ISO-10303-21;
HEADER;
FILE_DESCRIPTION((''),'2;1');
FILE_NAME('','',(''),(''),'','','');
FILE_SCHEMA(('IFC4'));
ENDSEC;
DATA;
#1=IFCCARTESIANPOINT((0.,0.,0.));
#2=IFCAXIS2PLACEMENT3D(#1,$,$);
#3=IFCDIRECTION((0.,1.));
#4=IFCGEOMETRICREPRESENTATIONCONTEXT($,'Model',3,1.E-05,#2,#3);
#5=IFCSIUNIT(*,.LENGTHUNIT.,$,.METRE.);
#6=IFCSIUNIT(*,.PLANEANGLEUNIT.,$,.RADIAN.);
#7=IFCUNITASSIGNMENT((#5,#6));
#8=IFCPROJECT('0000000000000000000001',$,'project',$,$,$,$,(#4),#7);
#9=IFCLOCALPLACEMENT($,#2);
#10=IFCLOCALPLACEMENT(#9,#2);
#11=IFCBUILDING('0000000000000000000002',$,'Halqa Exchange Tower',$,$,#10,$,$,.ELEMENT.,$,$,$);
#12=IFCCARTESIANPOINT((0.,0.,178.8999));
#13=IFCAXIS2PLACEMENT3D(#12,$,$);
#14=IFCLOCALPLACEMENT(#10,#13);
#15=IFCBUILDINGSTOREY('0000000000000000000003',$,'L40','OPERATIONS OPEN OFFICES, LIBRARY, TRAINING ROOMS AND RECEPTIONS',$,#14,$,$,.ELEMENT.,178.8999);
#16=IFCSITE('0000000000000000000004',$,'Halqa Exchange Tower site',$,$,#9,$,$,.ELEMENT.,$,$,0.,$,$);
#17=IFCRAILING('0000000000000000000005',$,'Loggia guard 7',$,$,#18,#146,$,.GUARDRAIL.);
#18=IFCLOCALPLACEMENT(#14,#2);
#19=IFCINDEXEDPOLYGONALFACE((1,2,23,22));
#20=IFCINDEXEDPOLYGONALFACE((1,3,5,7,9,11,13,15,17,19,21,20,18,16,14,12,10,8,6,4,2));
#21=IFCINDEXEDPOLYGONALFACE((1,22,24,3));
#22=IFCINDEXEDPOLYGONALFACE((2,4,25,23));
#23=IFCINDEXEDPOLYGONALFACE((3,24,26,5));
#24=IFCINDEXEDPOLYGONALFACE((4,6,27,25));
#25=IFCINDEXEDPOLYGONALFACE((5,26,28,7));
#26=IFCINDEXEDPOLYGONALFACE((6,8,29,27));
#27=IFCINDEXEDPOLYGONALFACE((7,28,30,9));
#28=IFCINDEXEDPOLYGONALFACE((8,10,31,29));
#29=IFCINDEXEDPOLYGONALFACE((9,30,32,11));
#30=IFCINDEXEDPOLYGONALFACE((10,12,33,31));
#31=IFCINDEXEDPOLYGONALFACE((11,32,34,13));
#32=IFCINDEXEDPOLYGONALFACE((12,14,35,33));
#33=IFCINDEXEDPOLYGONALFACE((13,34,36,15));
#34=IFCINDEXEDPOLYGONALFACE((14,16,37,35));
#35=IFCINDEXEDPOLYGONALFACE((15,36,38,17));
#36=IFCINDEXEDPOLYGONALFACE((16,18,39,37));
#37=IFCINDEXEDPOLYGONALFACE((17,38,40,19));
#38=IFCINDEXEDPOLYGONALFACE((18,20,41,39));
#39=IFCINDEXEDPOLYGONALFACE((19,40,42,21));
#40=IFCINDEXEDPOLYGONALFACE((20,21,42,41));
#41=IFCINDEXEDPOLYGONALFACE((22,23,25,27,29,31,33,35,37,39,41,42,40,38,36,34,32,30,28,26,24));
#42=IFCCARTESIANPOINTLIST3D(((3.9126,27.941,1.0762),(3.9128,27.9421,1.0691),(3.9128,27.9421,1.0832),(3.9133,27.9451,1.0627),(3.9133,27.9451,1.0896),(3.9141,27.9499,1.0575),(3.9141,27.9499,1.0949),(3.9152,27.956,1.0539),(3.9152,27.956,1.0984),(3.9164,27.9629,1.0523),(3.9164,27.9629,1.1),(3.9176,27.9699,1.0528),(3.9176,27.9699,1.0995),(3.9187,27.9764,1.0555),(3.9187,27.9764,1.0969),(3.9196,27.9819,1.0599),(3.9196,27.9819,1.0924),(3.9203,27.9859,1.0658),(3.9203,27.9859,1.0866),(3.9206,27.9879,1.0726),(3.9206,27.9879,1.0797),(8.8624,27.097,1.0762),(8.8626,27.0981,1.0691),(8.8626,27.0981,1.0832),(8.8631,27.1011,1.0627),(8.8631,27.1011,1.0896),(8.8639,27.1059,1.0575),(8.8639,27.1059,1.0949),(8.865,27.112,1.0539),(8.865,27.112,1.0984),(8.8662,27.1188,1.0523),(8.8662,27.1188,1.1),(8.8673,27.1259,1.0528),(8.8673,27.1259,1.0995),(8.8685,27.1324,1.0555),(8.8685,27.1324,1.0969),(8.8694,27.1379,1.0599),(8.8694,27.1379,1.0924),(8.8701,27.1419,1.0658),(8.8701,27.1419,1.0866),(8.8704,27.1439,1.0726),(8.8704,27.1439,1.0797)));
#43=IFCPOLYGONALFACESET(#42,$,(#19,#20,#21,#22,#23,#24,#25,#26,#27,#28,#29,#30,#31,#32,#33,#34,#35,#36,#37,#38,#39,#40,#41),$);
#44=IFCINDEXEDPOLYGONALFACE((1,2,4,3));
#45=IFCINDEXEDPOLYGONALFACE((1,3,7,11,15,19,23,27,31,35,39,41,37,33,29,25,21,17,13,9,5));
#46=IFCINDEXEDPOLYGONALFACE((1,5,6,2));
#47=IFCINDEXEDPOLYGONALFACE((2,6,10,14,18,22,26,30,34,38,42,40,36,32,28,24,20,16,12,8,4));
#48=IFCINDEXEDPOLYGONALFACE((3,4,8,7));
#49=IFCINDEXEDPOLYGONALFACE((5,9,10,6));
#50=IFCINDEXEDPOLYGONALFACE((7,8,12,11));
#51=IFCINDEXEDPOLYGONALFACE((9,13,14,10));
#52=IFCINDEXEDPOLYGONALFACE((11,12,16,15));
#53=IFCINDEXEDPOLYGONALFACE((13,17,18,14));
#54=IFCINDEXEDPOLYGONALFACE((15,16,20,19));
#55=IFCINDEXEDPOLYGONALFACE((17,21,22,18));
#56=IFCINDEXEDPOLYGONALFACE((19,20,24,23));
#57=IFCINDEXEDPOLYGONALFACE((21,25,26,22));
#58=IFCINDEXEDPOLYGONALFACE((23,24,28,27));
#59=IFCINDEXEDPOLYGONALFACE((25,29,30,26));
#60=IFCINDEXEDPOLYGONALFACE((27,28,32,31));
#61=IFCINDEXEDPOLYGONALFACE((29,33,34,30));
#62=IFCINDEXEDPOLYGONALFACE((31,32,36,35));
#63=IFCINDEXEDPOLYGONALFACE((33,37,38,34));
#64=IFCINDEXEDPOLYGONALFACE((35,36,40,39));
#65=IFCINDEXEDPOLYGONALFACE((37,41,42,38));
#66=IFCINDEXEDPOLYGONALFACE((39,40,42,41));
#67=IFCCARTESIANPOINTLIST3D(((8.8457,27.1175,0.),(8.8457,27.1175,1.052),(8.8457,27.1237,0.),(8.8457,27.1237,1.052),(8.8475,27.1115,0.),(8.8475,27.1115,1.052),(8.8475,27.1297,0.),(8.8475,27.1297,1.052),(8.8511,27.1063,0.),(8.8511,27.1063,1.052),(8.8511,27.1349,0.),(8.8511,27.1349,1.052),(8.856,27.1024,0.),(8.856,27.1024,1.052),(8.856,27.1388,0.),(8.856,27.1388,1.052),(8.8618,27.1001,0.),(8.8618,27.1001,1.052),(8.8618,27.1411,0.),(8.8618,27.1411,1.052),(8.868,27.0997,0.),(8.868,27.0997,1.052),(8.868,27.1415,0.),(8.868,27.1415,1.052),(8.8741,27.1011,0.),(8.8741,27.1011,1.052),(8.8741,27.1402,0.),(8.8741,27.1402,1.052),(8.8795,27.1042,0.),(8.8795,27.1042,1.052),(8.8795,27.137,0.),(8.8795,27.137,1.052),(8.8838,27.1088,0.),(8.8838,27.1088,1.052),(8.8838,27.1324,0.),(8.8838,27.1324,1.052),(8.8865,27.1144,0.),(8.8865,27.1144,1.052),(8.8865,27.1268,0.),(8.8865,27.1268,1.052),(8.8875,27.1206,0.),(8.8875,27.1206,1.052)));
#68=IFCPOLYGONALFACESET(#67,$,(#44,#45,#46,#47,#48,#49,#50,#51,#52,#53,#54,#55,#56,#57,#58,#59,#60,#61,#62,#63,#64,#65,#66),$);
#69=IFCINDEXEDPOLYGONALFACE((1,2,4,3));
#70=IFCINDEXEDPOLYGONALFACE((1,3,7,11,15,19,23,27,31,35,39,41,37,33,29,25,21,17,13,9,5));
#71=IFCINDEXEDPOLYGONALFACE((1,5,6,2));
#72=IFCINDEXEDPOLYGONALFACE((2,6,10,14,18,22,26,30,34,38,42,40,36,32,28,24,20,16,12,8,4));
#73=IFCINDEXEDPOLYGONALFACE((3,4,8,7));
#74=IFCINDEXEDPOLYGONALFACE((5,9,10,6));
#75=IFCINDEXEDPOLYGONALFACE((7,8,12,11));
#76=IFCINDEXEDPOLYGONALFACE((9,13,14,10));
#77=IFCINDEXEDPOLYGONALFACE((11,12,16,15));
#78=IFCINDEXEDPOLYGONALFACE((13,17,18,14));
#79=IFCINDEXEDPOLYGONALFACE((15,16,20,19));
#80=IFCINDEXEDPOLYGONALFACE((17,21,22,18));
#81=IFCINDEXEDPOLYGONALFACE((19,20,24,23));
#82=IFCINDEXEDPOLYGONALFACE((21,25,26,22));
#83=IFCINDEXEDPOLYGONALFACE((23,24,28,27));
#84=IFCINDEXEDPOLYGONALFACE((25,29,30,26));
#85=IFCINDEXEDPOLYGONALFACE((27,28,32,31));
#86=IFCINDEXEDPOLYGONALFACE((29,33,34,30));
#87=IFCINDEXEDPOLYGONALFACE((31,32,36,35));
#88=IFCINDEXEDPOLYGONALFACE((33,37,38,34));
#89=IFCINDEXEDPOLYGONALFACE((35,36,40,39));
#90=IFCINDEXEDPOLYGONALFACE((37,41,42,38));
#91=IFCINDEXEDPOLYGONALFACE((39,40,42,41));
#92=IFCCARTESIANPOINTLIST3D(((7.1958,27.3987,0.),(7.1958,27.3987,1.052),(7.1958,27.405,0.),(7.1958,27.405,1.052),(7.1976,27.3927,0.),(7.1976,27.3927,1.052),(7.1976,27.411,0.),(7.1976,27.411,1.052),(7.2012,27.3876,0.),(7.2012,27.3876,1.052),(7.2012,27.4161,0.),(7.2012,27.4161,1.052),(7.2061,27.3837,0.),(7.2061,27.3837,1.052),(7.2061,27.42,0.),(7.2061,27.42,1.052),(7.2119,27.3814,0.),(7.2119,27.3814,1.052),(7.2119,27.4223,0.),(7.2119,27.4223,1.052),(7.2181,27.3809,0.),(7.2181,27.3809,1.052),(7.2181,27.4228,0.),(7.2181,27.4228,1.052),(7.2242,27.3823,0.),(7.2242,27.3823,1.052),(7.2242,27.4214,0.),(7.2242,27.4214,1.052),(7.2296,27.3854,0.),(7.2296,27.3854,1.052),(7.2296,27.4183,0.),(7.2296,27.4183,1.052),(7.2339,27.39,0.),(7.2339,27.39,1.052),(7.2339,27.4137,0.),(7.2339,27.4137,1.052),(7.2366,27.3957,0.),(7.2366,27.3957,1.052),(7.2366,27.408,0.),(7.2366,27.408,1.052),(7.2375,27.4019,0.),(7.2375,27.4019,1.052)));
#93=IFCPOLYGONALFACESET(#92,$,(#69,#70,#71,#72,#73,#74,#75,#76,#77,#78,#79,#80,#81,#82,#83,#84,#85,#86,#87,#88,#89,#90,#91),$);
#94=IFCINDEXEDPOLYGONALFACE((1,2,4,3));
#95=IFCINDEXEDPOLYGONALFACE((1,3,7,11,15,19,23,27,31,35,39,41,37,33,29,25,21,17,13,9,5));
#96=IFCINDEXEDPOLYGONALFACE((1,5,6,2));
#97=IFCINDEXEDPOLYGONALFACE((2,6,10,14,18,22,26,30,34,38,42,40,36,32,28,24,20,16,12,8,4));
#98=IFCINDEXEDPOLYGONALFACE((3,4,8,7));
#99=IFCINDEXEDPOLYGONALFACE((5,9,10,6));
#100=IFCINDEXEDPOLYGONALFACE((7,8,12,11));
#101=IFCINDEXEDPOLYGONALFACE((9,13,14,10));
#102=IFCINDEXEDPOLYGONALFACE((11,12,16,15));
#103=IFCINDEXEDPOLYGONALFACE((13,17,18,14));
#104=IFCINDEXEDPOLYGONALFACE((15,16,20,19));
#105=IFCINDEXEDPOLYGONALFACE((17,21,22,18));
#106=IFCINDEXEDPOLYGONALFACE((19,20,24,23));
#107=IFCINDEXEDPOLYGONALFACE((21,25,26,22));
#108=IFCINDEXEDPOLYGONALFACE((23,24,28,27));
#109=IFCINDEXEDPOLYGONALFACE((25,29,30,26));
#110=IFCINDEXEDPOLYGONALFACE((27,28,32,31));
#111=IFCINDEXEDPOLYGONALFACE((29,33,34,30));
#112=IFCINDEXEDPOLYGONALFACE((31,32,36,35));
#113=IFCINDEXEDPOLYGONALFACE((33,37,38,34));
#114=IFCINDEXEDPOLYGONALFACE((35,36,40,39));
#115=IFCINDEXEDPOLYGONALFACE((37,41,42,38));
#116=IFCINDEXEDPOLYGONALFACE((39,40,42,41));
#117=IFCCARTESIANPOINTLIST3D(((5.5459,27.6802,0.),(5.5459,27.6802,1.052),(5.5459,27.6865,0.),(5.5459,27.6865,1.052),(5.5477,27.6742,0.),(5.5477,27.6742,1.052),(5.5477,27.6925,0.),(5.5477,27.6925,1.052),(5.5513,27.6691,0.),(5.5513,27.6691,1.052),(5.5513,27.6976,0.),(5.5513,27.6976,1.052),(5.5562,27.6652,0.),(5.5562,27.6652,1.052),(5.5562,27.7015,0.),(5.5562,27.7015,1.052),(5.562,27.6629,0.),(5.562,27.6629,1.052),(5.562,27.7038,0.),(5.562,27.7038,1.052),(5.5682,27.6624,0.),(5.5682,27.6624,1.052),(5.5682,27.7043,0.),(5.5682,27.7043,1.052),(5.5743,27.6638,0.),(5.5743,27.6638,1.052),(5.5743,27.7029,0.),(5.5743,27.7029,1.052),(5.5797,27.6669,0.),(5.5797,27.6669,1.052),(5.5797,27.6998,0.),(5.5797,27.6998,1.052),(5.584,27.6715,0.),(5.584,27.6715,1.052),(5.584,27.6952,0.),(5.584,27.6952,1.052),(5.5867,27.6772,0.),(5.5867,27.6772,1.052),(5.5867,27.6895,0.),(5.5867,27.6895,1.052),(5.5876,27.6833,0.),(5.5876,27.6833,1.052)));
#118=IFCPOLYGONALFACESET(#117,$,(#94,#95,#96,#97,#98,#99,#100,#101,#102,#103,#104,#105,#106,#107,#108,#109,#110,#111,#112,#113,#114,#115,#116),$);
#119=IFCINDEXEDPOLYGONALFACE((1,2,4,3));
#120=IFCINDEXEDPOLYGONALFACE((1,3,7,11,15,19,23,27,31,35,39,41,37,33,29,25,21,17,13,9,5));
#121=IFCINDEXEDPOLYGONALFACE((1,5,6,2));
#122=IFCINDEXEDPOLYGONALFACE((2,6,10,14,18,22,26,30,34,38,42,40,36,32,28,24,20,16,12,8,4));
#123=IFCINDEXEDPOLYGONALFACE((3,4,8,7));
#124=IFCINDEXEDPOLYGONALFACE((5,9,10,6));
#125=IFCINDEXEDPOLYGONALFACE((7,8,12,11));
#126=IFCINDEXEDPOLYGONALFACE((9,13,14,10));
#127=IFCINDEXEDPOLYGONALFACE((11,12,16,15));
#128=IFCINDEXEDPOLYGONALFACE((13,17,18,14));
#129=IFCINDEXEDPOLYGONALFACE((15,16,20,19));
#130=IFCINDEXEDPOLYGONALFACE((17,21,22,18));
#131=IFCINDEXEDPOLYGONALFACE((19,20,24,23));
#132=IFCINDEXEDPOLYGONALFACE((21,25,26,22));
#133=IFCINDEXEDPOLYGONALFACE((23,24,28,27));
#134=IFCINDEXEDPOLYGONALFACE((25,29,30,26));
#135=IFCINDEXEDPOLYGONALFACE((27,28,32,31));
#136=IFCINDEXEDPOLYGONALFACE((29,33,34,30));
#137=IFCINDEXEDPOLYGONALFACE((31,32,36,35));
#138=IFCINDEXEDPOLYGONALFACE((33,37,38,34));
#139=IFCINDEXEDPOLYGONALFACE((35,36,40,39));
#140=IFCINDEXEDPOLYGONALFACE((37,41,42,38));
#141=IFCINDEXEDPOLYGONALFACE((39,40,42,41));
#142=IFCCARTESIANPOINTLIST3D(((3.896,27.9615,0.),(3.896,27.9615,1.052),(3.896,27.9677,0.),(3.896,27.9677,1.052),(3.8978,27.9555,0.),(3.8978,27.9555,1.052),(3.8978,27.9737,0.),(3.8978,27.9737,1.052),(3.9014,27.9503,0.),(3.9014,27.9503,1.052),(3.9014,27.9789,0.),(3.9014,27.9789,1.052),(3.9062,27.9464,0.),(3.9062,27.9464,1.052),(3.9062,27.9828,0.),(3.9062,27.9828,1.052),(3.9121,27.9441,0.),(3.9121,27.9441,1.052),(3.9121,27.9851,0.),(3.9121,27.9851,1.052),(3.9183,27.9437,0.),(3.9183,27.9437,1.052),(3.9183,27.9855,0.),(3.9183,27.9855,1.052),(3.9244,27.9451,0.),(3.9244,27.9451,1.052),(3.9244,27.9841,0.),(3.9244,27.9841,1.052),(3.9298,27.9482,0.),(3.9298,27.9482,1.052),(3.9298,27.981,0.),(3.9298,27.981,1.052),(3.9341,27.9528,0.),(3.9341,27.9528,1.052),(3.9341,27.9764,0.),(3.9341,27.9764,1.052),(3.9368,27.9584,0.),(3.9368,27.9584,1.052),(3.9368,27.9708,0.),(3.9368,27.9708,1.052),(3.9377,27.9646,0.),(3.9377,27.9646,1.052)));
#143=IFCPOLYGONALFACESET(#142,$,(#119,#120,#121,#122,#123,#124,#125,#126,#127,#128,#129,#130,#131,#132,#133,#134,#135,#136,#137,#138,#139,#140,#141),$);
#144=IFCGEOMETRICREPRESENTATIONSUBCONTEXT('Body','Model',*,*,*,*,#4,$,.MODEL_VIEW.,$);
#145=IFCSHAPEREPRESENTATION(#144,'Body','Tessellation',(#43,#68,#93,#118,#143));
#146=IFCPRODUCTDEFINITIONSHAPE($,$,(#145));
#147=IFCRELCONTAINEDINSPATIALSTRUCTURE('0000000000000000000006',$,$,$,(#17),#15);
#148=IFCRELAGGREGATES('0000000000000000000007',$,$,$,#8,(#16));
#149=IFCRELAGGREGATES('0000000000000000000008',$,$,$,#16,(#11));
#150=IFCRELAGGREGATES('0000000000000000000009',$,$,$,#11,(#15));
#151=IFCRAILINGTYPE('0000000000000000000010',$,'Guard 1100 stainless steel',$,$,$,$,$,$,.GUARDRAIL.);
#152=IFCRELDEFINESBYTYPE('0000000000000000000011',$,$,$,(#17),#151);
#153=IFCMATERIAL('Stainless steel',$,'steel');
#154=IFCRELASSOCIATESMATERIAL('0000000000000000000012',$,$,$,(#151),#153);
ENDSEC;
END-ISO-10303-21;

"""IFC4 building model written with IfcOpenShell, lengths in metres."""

from ifc_helpers import new_model, si_unit, direction, frame, origin, origin_2d, place, context, subcontext, project, spatial, circle, extrude, material, type_object, element, save


model = new_model("IFC4")

# Units and contexts
model_context = context("Model", 3, precision=1e-05, world=origin(), true_north=direction((0.0, 1.0)))
body_context = subcontext(model_context, "Body", "Model", "MODEL_VIEW")
ifc_project = project(units=[si_unit("LENGTHUNIT", "METRE"), si_unit("PLANEANGLEUNIT", "RADIAN")], contexts=[model_context])

# Site, building, storey
site_placement = place(None, origin())
site = spatial("IfcSite", under=ifc_project, at=site_placement, Name="Halqa Exchange Tower site", CompositionType="ELEMENT", RefElevation=0.0)
building_placement = place(site_placement, origin())
building = spatial("IfcBuilding", under=site, at=building_placement, Name="Halqa Exchange Tower", CompositionType="ELEMENT")
storey_placement = place(building_placement, frame((0.0, 0.0, 178.8999)))
storey = spatial("IfcBuildingStorey", under=building, at=storey_placement, Name="L40", Description="OPERATIONS OPEN OFFICES, LIBRARY, TRAINING ROOMS AND RECEPTIONS", CompositionType="ELEMENT", Elevation=178.8999)

# Railing
ifc_material_1 = material(Name="Stainless steel", Category="steel")
railing_type_1 = type_object("IfcRailingType", Name="Guard 1100 stainless steel", PredefinedType="GUARDRAIL", material=ifc_material_1)
railing_1_placement = place(storey_placement, frame((8.8665, 27.1206, 0.0)))
element("IfcRailing", 1, at=railing_1_placement, inside=storey, type_object=railing_type_1, Name="Loggia guard 7", PredefinedType="GUARDRAIL", context=body_context, shape_type="SweptSolid", body=[
    extrude(circle(Radius=0.0239, at=origin_2d()), frame((0.0, 0.0, 1.0762), z_axis=(-0.985772, 0.168088, 0.0), x_axis=(-0.168088, -0.985772, 0.0)), (0.0, 0.0, 1.0), 5.0212),
    extrude(circle(Radius=0.021, at=origin_2d()), origin(), (0.0, 0.0, 1.0), 1.052),
    extrude(circle(Radius=0.021, at=origin_2d()), frame((-1.6499, 0.2812, 0.0)), (0.0, 0.0, 1.0), 1.052),
    extrude(circle(Radius=0.021, at=origin_2d()), frame((-3.2998, 0.5627, 0.0)), (0.0, 0.0, 1.0), 1.052),
    extrude(circle(Radius=0.021, at=origin_2d()), frame((-4.9497, 0.844, 0.0)), (0.0, 0.0, 1.0), 1.052),
])

save(model, "model.ifc")
